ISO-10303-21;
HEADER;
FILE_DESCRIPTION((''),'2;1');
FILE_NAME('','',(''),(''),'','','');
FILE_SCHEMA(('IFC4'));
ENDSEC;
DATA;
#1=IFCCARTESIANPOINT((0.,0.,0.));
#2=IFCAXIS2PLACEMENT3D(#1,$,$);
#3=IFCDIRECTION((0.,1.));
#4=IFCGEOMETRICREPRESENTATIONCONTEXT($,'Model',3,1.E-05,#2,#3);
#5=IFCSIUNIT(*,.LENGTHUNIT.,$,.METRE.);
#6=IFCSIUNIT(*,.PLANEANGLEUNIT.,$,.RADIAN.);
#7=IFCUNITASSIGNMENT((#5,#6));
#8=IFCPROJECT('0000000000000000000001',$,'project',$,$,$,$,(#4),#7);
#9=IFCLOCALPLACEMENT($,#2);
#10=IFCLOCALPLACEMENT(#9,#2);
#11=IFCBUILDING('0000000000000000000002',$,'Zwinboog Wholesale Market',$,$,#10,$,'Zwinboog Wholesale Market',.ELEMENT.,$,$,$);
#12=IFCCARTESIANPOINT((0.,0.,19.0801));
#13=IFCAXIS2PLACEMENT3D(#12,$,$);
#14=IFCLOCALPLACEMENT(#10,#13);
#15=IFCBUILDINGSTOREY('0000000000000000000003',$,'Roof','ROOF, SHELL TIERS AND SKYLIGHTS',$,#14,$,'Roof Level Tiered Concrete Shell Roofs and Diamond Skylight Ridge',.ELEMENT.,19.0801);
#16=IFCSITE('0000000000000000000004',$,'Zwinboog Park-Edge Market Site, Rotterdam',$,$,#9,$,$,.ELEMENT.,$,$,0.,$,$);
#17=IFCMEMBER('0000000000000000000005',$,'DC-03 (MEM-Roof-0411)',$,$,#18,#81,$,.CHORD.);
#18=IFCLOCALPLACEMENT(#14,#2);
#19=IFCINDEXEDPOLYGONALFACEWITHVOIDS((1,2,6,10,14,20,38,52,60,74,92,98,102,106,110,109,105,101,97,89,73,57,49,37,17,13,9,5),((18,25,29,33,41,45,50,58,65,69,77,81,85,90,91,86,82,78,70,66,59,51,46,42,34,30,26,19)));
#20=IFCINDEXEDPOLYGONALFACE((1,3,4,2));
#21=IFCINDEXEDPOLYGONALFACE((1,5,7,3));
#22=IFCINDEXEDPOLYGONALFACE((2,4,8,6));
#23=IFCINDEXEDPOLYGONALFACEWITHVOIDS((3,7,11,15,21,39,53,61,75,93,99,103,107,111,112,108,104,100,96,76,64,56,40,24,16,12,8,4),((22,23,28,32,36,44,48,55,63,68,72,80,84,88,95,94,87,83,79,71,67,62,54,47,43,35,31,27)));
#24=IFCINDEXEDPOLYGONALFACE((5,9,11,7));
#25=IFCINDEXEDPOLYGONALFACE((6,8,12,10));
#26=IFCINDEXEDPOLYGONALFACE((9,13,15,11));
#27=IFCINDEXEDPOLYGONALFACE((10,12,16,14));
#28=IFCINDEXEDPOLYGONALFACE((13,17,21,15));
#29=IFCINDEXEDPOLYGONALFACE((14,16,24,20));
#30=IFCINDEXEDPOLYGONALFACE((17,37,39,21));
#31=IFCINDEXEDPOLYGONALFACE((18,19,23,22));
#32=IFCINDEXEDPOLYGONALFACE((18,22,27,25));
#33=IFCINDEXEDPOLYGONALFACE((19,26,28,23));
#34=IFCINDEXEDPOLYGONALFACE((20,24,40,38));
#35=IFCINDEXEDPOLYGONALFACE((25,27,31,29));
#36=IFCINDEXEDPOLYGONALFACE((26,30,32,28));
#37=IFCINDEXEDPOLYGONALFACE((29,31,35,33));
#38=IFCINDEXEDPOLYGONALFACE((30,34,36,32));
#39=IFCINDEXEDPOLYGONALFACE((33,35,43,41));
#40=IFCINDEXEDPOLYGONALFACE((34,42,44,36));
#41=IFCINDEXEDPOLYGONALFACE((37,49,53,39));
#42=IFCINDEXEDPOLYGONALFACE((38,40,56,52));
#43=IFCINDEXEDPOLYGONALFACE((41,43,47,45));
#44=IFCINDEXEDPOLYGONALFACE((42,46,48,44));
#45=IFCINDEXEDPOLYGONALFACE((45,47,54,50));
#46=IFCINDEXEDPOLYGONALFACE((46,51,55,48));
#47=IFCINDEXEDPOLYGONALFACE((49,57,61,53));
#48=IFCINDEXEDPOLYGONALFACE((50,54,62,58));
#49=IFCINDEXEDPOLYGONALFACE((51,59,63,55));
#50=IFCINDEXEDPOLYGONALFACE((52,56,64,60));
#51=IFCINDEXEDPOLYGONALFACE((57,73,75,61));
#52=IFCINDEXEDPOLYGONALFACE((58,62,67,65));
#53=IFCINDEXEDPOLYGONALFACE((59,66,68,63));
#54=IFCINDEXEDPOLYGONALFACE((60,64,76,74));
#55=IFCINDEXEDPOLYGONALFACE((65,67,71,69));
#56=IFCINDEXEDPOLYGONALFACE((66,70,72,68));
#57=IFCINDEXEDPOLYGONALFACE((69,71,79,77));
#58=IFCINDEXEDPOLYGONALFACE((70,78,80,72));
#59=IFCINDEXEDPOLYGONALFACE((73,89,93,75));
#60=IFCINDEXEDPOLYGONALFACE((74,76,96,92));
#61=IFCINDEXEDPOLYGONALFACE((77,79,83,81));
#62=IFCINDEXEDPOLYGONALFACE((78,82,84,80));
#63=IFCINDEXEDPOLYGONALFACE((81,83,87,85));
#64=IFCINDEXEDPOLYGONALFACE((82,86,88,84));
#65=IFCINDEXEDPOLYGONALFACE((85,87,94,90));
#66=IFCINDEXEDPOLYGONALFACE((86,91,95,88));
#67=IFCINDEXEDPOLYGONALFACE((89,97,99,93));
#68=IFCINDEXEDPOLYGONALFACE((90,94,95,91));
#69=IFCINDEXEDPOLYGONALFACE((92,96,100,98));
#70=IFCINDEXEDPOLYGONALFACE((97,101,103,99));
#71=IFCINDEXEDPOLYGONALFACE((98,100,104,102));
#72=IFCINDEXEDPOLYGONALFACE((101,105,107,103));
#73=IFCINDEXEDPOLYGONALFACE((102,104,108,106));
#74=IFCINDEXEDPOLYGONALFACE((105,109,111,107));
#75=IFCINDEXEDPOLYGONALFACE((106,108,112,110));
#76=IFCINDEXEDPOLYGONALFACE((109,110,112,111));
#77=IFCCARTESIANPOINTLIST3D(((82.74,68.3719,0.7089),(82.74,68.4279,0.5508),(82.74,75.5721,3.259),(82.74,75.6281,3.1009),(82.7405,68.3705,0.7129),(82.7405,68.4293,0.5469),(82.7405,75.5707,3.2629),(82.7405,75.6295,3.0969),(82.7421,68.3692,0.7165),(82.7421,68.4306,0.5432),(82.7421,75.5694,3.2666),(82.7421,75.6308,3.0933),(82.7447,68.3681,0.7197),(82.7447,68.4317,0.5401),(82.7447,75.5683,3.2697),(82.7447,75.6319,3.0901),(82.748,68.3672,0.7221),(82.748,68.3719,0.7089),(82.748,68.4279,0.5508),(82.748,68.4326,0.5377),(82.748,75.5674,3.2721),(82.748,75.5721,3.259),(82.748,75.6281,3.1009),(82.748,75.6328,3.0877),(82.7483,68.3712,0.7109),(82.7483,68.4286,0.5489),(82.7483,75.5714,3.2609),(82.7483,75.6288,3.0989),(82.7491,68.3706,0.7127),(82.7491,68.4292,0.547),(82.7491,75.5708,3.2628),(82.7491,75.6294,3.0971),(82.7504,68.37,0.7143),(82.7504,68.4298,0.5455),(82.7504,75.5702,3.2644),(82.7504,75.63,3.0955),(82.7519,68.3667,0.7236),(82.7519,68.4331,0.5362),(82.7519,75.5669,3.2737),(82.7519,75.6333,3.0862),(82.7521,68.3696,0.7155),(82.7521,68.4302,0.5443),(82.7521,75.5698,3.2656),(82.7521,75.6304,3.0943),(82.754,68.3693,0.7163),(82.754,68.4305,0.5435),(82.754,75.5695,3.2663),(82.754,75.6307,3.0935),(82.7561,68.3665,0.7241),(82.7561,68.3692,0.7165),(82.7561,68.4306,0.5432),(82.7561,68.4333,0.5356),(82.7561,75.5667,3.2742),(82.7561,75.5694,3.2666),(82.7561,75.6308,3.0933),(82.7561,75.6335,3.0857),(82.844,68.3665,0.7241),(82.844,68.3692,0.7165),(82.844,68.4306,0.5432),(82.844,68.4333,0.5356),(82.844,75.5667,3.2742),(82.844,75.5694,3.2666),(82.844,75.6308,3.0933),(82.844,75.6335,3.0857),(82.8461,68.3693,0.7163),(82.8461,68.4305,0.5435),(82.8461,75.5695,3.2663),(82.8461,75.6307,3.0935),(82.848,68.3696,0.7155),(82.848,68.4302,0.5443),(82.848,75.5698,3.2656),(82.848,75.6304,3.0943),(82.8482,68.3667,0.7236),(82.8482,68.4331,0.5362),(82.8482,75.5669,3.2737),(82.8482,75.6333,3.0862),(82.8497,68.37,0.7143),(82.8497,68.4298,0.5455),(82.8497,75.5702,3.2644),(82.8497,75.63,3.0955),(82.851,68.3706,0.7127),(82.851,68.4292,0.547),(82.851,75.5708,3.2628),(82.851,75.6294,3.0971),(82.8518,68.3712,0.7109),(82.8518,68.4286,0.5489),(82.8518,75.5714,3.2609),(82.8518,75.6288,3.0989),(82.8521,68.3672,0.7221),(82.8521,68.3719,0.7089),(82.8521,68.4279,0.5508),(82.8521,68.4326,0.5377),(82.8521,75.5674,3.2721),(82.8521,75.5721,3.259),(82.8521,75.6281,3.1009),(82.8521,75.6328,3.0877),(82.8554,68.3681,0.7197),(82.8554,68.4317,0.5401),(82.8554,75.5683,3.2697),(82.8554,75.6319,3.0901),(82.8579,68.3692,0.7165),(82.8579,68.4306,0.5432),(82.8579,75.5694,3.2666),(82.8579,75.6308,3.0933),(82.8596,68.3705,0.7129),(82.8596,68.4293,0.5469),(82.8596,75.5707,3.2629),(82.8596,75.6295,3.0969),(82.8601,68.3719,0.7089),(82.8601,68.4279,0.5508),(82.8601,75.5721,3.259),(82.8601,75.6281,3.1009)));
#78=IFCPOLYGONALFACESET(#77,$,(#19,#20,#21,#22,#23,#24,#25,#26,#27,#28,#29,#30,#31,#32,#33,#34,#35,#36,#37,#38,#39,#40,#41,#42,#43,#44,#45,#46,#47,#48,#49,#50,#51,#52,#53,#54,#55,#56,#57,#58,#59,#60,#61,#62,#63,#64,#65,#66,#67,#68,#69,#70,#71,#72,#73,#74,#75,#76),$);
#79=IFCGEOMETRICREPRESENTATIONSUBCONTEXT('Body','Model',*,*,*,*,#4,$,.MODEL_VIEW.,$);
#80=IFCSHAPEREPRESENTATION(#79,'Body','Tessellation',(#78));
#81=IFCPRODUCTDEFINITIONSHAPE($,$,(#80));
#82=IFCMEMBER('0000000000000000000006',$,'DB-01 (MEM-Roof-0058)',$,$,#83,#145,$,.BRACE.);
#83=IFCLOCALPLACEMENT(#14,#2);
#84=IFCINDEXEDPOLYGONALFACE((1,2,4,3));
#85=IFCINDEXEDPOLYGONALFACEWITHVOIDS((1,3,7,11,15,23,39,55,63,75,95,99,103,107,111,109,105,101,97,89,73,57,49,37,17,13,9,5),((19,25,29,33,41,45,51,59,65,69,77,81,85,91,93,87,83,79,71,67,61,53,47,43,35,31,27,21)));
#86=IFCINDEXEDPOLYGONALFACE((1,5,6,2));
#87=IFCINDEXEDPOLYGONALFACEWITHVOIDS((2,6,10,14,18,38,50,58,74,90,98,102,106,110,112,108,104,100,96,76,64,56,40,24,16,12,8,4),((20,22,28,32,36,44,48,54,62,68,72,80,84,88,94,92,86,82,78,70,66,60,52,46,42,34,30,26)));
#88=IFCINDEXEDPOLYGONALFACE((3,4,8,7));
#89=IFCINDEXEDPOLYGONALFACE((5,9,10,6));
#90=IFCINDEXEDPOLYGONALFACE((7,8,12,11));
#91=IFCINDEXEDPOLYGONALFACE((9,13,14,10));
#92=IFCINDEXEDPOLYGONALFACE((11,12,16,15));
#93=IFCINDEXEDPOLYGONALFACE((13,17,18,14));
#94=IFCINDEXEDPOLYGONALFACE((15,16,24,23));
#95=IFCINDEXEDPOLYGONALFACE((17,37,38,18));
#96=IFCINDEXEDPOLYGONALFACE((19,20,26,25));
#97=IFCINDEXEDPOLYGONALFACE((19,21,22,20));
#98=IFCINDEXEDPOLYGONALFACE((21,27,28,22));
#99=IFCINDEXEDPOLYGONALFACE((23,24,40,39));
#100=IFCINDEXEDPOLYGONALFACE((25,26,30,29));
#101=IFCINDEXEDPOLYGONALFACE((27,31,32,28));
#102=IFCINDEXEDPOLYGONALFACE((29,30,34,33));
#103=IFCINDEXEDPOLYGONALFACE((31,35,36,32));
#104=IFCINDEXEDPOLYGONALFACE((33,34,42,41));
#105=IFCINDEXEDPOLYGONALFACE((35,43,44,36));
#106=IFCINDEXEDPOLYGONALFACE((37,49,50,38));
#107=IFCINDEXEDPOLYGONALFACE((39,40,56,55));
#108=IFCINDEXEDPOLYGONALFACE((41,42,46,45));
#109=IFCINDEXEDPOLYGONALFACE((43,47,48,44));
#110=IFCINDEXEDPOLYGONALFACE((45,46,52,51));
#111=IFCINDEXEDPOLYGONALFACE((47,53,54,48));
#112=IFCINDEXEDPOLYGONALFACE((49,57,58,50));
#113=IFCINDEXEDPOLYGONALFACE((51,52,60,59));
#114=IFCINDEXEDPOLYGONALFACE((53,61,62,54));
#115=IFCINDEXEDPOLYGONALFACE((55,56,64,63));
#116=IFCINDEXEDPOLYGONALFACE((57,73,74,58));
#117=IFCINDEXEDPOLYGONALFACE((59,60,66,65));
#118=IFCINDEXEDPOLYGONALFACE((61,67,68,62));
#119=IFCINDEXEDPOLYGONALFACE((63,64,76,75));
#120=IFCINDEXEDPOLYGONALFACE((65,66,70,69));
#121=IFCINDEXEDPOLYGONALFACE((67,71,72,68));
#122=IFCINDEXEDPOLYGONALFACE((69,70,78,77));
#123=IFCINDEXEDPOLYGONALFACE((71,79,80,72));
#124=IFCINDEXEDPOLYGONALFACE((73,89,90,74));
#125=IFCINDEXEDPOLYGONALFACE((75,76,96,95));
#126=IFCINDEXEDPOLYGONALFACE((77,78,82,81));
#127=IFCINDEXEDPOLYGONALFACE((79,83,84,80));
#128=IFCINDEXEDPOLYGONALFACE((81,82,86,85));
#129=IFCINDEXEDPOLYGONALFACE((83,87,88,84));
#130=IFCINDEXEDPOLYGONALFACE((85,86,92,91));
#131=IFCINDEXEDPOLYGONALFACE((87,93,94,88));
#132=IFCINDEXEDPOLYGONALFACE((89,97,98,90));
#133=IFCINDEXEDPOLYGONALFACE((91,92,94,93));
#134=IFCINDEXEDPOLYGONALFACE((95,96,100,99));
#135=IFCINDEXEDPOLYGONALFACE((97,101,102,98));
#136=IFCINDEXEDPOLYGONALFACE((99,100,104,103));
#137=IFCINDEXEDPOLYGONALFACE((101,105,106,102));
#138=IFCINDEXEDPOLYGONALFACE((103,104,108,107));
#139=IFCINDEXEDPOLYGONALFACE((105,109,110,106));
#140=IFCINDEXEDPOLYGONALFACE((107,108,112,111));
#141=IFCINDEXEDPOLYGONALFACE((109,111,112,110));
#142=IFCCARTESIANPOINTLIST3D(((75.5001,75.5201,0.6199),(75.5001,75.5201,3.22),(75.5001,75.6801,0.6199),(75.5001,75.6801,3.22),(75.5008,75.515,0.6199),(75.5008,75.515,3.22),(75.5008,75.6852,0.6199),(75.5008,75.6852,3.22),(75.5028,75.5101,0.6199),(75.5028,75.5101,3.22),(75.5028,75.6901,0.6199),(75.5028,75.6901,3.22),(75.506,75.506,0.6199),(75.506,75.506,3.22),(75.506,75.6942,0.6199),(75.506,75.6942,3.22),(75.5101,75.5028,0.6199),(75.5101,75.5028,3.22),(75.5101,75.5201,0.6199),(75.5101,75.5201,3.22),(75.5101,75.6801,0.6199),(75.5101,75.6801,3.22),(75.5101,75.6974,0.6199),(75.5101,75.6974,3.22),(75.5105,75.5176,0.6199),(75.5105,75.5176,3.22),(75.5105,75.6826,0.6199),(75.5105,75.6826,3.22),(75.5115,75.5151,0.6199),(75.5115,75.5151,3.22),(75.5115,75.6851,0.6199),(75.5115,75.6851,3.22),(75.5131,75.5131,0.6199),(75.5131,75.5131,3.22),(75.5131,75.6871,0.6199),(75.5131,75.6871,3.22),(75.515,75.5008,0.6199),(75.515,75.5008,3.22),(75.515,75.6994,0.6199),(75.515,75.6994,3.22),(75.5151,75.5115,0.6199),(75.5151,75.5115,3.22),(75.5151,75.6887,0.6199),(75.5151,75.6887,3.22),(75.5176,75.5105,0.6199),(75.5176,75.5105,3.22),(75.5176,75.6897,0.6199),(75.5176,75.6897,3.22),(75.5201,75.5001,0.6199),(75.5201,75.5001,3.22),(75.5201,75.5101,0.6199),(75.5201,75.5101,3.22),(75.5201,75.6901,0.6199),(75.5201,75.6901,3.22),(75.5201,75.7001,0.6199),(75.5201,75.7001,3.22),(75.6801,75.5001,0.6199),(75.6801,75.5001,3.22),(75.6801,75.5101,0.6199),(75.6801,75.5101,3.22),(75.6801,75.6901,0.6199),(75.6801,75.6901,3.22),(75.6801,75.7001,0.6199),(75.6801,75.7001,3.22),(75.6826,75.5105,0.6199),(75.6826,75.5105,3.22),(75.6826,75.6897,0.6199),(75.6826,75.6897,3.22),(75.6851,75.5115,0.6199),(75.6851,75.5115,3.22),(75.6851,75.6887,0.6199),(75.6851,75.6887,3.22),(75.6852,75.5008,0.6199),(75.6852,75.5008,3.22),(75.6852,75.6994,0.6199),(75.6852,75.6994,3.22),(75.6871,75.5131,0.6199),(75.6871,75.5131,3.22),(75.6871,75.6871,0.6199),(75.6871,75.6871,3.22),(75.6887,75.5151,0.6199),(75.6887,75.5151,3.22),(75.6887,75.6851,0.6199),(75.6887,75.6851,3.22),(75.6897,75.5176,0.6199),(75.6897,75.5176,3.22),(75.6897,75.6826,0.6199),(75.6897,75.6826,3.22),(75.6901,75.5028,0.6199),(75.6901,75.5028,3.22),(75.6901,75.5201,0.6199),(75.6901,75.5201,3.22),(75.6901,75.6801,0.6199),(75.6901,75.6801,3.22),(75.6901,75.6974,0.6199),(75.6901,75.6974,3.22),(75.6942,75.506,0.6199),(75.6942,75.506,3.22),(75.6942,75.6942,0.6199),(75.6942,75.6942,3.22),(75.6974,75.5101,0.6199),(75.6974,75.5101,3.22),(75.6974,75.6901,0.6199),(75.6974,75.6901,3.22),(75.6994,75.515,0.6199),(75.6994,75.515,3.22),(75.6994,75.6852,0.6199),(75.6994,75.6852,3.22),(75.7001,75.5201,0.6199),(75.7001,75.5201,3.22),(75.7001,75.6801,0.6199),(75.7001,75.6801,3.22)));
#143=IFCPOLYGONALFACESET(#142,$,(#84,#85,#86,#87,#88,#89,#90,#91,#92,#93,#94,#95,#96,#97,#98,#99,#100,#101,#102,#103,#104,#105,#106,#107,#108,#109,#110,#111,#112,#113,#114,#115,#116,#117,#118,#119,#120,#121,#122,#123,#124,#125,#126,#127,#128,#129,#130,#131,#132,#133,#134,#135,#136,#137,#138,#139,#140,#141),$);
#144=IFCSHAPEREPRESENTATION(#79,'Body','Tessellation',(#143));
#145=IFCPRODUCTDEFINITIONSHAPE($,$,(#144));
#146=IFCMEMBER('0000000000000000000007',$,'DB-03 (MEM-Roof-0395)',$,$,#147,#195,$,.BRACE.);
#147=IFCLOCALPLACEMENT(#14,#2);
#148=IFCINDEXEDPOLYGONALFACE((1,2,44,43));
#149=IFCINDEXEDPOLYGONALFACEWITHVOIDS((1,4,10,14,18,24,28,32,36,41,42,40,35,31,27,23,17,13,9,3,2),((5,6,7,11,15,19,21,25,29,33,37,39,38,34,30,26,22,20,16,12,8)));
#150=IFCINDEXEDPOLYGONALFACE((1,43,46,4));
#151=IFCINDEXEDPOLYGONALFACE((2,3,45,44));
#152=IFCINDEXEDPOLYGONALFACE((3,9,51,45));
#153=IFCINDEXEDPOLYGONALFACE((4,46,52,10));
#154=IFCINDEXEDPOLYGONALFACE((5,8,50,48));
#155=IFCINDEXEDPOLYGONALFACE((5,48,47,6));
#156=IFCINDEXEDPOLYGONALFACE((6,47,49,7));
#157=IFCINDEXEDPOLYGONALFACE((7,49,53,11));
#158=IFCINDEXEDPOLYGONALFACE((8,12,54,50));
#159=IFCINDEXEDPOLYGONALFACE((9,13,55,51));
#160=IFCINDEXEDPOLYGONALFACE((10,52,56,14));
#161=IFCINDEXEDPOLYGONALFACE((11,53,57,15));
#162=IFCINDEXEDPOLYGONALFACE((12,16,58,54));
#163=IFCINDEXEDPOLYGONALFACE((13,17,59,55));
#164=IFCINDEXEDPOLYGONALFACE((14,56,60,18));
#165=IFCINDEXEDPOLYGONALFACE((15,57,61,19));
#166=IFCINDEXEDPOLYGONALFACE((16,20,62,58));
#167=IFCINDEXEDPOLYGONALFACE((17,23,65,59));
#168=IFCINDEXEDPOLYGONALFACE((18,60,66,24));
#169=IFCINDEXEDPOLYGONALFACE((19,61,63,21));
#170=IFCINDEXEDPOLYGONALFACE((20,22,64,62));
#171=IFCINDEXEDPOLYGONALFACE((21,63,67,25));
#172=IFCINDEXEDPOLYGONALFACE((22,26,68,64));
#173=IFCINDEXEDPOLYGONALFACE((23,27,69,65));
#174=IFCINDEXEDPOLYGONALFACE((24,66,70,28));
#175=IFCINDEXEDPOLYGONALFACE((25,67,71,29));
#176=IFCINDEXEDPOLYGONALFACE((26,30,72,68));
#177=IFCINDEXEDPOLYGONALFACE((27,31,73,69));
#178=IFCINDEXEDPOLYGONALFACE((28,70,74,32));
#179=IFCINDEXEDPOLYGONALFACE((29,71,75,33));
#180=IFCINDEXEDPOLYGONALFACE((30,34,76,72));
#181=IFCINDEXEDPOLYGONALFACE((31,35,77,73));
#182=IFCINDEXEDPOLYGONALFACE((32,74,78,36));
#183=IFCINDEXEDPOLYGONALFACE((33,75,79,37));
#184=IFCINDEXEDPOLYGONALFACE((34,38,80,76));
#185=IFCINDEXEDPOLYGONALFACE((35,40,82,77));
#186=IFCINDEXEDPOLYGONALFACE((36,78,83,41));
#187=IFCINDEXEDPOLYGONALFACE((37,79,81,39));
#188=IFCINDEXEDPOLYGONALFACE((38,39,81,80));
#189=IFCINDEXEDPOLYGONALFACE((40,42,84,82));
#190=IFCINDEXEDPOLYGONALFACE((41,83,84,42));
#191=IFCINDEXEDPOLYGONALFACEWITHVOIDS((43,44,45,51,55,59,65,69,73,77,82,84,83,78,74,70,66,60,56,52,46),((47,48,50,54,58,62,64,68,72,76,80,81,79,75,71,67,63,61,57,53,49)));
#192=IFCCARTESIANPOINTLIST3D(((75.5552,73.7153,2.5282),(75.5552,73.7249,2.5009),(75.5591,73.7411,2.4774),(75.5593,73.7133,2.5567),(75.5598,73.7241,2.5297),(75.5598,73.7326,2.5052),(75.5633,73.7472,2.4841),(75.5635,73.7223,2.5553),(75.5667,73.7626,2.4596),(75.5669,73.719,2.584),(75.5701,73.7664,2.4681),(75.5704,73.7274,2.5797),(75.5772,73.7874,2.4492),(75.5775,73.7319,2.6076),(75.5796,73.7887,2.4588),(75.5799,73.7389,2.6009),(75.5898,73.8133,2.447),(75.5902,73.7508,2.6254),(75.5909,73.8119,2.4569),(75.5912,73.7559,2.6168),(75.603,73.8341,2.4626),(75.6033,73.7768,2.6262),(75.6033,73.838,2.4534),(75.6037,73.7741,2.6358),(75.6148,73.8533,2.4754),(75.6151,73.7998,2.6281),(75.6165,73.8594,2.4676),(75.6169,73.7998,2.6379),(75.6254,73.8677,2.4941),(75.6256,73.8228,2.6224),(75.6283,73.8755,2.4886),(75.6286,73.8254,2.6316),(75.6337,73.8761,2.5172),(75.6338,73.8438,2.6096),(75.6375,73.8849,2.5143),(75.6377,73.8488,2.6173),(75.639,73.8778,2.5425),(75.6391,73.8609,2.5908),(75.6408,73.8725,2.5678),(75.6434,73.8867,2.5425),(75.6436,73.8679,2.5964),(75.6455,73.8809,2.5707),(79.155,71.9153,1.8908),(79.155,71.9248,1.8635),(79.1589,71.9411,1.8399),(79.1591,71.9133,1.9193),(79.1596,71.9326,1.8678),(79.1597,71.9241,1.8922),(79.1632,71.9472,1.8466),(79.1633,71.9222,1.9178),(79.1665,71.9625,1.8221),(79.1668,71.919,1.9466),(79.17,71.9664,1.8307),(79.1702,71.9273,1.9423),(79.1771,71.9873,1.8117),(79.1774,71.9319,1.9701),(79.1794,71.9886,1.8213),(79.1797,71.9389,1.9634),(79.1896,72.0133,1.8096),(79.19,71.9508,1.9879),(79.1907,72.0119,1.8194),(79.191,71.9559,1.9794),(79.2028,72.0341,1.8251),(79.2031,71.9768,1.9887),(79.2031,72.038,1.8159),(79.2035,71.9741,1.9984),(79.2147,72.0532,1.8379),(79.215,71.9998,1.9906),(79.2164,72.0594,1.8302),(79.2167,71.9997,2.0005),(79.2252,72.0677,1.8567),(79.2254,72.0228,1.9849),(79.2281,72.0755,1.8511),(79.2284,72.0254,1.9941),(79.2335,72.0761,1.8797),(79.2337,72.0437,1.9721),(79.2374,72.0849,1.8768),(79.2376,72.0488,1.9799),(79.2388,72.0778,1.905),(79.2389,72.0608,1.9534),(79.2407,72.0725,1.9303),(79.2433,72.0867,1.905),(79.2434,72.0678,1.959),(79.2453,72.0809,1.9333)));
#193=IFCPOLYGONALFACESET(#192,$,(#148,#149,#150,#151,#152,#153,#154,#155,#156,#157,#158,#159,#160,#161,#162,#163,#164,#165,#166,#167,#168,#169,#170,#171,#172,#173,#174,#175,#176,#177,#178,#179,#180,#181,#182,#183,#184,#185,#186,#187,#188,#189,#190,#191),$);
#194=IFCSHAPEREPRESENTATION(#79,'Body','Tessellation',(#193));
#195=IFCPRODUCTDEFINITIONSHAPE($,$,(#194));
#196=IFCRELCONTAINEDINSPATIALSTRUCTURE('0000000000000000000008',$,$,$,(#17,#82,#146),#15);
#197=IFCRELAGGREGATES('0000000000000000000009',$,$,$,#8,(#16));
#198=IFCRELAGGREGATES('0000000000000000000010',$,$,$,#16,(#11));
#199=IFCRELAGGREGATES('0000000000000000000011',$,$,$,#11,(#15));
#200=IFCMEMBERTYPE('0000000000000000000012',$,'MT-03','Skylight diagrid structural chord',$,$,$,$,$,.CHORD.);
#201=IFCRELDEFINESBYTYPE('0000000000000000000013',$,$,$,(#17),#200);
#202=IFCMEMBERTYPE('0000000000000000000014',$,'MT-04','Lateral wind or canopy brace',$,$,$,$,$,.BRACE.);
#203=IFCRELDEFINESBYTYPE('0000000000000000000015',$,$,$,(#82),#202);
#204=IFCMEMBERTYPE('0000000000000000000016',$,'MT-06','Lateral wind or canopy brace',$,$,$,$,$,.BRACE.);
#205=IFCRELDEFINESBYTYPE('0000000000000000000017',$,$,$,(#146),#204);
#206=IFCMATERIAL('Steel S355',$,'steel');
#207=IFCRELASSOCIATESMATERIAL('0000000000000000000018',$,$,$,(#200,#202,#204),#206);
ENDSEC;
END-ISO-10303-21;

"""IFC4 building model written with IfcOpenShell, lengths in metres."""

from ifc_helpers import new_model, si_unit, direction, frame, origin, origin_2d, place, context, subcontext, project, spatial, hollow_rectangle, hollow_circle, extrude, material, material_profile, profile_set, type_object, element, save


model = new_model("IFC4")

# Units and contexts
model_context = context("Model", 3, precision=1e-05, world=origin(), true_north=direction((0.0, 1.0)))
body_context = subcontext(model_context, "Body", "Model", "MODEL_VIEW")
ifc_project = project(units=[si_unit("LENGTHUNIT", "METRE"), si_unit("PLANEANGLEUNIT", "RADIAN")], contexts=[model_context])

# Site, building, storey
site_placement = place(None, origin())
site = spatial("IfcSite", under=ifc_project, at=site_placement, Name="Zwinboog Park-Edge Market Site, Rotterdam", CompositionType="ELEMENT", RefElevation=0.0)
building_placement = place(site_placement, origin())
building = spatial("IfcBuilding", under=site, at=building_placement, Name="Zwinboog Wholesale Market", LongName="Zwinboog Wholesale Market", CompositionType="ELEMENT")
storey_placement = place(building_placement, frame((0.0, 0.0, 19.0801)))
storey = spatial("IfcBuildingStorey", under=building, at=storey_placement, Name="Roof", Description="ROOF, SHELL TIERS AND SKYLIGHTS", LongName="Roof Level Tiered Concrete Shell Roofs and Diamond Skylight Ridge", CompositionType="ELEMENT", Elevation=19.0801)

# Members
ifc_material_1 = material(Name="Steel S355", Category="steel")
ifc_material_profile_1 = material_profile(ifc_material_1, hollow_rectangle(XDim=0.1201, YDim=0.2, WallThickness=0.0081, InnerFilletRadius=0.0081, OuterFilletRadius=0.0161, at=origin_2d()), Name="RHS 200x120x8")
ifc_profile_set_1 = profile_set([ifc_material_profile_1], Name="Steel S355")
member_type_1 = type_object("IfcMemberType", Name="MT-03", Description="Skylight diagrid structural chord", PredefinedType="CHORD", material=ifc_profile_set_1)
for number, where, z_axis, x_axis, name in (
    (1, (82.8, 68.3999, 0.6299), (0.0, 0.942628, 0.333845), (-1.0, 0.0, 0.0), "DC-03 (MEM-Roof-0411)"),
):
    element("IfcMember", number, at=place(storey_placement, frame(where, z_axis=z_axis, x_axis=x_axis)), inside=storey, type_object=member_type_1, Name=name, PredefinedType="CHORD", context=body_context, shape_type="SweptSolid", body=[
        extrude(hollow_rectangle(XDim=0.1201, YDim=0.2, WallThickness=0.0081, InnerFilletRadius=0.0081, OuterFilletRadius=0.0161, at=origin_2d()), origin(), (0.0, 0.0, 1.0), 7.6384),
    ])
ifc_material_profile_2 = material_profile(ifc_material_1, hollow_rectangle(XDim=0.2, YDim=0.2, WallThickness=0.01, InnerFilletRadius=0.01, OuterFilletRadius=0.02, at=origin_2d()), Name="SHS 200x200x10")
ifc_profile_set_2 = profile_set([ifc_material_profile_2], Name="Steel S355")
member_type_2 = type_object("IfcMemberType", Name="MT-04", Description="Lateral wind or canopy brace", PredefinedType="BRACE", material=ifc_profile_set_2)
member_1_placement = place(storey_placement, frame((75.6001, 75.6001, 0.6199), z_axis=(0.0, 0.0, 1.0), x_axis=(1.0, 0.0, 0.0)))
element("IfcMember", 2, at=member_1_placement, inside=storey, type_object=member_type_2, Name="DB-01 (MEM-Roof-0058)", PredefinedType="BRACE", context=body_context, shape_type="SweptSolid", body=[
    extrude(hollow_rectangle(XDim=0.2, YDim=0.2, WallThickness=0.01, InnerFilletRadius=0.01, OuterFilletRadius=0.02, at=origin_2d()), origin(), (0.0, 0.0, 1.0), 2.6001),
])
ifc_material_profile_3 = material_profile(ifc_material_1, hollow_circle(Radius=0.0969, WallThickness=0.01, at=origin_2d()), Name="CHS 193.7x10")
ifc_profile_set_3 = profile_set([ifc_material_profile_3], Name="Steel S355")
member_type_3 = type_object("IfcMemberType", Name="MT-06", Description="Lateral wind or canopy brace", PredefinedType="BRACE", material=ifc_profile_set_3)
for number, where, z_axis, x_axis, name in (
    (3, (75.6001, 73.8, 2.5425), (0.883404, -0.441732, -0.15643), (0.447238, 0.894415, 0.0), "DB-03 (MEM-Roof-0395)"),
):
    element("IfcMember", number, at=place(storey_placement, frame(where, z_axis=z_axis, x_axis=x_axis)), inside=storey, type_object=member_type_3, Name=name, PredefinedType="BRACE", context=body_context, shape_type="SweptSolid", body=[
        extrude(hollow_circle(Radius=0.0969, WallThickness=0.01, at=origin_2d()), origin(), (0.0, 0.0, 1.0), 4.075),
    ])

save(model, "model.ifc")
